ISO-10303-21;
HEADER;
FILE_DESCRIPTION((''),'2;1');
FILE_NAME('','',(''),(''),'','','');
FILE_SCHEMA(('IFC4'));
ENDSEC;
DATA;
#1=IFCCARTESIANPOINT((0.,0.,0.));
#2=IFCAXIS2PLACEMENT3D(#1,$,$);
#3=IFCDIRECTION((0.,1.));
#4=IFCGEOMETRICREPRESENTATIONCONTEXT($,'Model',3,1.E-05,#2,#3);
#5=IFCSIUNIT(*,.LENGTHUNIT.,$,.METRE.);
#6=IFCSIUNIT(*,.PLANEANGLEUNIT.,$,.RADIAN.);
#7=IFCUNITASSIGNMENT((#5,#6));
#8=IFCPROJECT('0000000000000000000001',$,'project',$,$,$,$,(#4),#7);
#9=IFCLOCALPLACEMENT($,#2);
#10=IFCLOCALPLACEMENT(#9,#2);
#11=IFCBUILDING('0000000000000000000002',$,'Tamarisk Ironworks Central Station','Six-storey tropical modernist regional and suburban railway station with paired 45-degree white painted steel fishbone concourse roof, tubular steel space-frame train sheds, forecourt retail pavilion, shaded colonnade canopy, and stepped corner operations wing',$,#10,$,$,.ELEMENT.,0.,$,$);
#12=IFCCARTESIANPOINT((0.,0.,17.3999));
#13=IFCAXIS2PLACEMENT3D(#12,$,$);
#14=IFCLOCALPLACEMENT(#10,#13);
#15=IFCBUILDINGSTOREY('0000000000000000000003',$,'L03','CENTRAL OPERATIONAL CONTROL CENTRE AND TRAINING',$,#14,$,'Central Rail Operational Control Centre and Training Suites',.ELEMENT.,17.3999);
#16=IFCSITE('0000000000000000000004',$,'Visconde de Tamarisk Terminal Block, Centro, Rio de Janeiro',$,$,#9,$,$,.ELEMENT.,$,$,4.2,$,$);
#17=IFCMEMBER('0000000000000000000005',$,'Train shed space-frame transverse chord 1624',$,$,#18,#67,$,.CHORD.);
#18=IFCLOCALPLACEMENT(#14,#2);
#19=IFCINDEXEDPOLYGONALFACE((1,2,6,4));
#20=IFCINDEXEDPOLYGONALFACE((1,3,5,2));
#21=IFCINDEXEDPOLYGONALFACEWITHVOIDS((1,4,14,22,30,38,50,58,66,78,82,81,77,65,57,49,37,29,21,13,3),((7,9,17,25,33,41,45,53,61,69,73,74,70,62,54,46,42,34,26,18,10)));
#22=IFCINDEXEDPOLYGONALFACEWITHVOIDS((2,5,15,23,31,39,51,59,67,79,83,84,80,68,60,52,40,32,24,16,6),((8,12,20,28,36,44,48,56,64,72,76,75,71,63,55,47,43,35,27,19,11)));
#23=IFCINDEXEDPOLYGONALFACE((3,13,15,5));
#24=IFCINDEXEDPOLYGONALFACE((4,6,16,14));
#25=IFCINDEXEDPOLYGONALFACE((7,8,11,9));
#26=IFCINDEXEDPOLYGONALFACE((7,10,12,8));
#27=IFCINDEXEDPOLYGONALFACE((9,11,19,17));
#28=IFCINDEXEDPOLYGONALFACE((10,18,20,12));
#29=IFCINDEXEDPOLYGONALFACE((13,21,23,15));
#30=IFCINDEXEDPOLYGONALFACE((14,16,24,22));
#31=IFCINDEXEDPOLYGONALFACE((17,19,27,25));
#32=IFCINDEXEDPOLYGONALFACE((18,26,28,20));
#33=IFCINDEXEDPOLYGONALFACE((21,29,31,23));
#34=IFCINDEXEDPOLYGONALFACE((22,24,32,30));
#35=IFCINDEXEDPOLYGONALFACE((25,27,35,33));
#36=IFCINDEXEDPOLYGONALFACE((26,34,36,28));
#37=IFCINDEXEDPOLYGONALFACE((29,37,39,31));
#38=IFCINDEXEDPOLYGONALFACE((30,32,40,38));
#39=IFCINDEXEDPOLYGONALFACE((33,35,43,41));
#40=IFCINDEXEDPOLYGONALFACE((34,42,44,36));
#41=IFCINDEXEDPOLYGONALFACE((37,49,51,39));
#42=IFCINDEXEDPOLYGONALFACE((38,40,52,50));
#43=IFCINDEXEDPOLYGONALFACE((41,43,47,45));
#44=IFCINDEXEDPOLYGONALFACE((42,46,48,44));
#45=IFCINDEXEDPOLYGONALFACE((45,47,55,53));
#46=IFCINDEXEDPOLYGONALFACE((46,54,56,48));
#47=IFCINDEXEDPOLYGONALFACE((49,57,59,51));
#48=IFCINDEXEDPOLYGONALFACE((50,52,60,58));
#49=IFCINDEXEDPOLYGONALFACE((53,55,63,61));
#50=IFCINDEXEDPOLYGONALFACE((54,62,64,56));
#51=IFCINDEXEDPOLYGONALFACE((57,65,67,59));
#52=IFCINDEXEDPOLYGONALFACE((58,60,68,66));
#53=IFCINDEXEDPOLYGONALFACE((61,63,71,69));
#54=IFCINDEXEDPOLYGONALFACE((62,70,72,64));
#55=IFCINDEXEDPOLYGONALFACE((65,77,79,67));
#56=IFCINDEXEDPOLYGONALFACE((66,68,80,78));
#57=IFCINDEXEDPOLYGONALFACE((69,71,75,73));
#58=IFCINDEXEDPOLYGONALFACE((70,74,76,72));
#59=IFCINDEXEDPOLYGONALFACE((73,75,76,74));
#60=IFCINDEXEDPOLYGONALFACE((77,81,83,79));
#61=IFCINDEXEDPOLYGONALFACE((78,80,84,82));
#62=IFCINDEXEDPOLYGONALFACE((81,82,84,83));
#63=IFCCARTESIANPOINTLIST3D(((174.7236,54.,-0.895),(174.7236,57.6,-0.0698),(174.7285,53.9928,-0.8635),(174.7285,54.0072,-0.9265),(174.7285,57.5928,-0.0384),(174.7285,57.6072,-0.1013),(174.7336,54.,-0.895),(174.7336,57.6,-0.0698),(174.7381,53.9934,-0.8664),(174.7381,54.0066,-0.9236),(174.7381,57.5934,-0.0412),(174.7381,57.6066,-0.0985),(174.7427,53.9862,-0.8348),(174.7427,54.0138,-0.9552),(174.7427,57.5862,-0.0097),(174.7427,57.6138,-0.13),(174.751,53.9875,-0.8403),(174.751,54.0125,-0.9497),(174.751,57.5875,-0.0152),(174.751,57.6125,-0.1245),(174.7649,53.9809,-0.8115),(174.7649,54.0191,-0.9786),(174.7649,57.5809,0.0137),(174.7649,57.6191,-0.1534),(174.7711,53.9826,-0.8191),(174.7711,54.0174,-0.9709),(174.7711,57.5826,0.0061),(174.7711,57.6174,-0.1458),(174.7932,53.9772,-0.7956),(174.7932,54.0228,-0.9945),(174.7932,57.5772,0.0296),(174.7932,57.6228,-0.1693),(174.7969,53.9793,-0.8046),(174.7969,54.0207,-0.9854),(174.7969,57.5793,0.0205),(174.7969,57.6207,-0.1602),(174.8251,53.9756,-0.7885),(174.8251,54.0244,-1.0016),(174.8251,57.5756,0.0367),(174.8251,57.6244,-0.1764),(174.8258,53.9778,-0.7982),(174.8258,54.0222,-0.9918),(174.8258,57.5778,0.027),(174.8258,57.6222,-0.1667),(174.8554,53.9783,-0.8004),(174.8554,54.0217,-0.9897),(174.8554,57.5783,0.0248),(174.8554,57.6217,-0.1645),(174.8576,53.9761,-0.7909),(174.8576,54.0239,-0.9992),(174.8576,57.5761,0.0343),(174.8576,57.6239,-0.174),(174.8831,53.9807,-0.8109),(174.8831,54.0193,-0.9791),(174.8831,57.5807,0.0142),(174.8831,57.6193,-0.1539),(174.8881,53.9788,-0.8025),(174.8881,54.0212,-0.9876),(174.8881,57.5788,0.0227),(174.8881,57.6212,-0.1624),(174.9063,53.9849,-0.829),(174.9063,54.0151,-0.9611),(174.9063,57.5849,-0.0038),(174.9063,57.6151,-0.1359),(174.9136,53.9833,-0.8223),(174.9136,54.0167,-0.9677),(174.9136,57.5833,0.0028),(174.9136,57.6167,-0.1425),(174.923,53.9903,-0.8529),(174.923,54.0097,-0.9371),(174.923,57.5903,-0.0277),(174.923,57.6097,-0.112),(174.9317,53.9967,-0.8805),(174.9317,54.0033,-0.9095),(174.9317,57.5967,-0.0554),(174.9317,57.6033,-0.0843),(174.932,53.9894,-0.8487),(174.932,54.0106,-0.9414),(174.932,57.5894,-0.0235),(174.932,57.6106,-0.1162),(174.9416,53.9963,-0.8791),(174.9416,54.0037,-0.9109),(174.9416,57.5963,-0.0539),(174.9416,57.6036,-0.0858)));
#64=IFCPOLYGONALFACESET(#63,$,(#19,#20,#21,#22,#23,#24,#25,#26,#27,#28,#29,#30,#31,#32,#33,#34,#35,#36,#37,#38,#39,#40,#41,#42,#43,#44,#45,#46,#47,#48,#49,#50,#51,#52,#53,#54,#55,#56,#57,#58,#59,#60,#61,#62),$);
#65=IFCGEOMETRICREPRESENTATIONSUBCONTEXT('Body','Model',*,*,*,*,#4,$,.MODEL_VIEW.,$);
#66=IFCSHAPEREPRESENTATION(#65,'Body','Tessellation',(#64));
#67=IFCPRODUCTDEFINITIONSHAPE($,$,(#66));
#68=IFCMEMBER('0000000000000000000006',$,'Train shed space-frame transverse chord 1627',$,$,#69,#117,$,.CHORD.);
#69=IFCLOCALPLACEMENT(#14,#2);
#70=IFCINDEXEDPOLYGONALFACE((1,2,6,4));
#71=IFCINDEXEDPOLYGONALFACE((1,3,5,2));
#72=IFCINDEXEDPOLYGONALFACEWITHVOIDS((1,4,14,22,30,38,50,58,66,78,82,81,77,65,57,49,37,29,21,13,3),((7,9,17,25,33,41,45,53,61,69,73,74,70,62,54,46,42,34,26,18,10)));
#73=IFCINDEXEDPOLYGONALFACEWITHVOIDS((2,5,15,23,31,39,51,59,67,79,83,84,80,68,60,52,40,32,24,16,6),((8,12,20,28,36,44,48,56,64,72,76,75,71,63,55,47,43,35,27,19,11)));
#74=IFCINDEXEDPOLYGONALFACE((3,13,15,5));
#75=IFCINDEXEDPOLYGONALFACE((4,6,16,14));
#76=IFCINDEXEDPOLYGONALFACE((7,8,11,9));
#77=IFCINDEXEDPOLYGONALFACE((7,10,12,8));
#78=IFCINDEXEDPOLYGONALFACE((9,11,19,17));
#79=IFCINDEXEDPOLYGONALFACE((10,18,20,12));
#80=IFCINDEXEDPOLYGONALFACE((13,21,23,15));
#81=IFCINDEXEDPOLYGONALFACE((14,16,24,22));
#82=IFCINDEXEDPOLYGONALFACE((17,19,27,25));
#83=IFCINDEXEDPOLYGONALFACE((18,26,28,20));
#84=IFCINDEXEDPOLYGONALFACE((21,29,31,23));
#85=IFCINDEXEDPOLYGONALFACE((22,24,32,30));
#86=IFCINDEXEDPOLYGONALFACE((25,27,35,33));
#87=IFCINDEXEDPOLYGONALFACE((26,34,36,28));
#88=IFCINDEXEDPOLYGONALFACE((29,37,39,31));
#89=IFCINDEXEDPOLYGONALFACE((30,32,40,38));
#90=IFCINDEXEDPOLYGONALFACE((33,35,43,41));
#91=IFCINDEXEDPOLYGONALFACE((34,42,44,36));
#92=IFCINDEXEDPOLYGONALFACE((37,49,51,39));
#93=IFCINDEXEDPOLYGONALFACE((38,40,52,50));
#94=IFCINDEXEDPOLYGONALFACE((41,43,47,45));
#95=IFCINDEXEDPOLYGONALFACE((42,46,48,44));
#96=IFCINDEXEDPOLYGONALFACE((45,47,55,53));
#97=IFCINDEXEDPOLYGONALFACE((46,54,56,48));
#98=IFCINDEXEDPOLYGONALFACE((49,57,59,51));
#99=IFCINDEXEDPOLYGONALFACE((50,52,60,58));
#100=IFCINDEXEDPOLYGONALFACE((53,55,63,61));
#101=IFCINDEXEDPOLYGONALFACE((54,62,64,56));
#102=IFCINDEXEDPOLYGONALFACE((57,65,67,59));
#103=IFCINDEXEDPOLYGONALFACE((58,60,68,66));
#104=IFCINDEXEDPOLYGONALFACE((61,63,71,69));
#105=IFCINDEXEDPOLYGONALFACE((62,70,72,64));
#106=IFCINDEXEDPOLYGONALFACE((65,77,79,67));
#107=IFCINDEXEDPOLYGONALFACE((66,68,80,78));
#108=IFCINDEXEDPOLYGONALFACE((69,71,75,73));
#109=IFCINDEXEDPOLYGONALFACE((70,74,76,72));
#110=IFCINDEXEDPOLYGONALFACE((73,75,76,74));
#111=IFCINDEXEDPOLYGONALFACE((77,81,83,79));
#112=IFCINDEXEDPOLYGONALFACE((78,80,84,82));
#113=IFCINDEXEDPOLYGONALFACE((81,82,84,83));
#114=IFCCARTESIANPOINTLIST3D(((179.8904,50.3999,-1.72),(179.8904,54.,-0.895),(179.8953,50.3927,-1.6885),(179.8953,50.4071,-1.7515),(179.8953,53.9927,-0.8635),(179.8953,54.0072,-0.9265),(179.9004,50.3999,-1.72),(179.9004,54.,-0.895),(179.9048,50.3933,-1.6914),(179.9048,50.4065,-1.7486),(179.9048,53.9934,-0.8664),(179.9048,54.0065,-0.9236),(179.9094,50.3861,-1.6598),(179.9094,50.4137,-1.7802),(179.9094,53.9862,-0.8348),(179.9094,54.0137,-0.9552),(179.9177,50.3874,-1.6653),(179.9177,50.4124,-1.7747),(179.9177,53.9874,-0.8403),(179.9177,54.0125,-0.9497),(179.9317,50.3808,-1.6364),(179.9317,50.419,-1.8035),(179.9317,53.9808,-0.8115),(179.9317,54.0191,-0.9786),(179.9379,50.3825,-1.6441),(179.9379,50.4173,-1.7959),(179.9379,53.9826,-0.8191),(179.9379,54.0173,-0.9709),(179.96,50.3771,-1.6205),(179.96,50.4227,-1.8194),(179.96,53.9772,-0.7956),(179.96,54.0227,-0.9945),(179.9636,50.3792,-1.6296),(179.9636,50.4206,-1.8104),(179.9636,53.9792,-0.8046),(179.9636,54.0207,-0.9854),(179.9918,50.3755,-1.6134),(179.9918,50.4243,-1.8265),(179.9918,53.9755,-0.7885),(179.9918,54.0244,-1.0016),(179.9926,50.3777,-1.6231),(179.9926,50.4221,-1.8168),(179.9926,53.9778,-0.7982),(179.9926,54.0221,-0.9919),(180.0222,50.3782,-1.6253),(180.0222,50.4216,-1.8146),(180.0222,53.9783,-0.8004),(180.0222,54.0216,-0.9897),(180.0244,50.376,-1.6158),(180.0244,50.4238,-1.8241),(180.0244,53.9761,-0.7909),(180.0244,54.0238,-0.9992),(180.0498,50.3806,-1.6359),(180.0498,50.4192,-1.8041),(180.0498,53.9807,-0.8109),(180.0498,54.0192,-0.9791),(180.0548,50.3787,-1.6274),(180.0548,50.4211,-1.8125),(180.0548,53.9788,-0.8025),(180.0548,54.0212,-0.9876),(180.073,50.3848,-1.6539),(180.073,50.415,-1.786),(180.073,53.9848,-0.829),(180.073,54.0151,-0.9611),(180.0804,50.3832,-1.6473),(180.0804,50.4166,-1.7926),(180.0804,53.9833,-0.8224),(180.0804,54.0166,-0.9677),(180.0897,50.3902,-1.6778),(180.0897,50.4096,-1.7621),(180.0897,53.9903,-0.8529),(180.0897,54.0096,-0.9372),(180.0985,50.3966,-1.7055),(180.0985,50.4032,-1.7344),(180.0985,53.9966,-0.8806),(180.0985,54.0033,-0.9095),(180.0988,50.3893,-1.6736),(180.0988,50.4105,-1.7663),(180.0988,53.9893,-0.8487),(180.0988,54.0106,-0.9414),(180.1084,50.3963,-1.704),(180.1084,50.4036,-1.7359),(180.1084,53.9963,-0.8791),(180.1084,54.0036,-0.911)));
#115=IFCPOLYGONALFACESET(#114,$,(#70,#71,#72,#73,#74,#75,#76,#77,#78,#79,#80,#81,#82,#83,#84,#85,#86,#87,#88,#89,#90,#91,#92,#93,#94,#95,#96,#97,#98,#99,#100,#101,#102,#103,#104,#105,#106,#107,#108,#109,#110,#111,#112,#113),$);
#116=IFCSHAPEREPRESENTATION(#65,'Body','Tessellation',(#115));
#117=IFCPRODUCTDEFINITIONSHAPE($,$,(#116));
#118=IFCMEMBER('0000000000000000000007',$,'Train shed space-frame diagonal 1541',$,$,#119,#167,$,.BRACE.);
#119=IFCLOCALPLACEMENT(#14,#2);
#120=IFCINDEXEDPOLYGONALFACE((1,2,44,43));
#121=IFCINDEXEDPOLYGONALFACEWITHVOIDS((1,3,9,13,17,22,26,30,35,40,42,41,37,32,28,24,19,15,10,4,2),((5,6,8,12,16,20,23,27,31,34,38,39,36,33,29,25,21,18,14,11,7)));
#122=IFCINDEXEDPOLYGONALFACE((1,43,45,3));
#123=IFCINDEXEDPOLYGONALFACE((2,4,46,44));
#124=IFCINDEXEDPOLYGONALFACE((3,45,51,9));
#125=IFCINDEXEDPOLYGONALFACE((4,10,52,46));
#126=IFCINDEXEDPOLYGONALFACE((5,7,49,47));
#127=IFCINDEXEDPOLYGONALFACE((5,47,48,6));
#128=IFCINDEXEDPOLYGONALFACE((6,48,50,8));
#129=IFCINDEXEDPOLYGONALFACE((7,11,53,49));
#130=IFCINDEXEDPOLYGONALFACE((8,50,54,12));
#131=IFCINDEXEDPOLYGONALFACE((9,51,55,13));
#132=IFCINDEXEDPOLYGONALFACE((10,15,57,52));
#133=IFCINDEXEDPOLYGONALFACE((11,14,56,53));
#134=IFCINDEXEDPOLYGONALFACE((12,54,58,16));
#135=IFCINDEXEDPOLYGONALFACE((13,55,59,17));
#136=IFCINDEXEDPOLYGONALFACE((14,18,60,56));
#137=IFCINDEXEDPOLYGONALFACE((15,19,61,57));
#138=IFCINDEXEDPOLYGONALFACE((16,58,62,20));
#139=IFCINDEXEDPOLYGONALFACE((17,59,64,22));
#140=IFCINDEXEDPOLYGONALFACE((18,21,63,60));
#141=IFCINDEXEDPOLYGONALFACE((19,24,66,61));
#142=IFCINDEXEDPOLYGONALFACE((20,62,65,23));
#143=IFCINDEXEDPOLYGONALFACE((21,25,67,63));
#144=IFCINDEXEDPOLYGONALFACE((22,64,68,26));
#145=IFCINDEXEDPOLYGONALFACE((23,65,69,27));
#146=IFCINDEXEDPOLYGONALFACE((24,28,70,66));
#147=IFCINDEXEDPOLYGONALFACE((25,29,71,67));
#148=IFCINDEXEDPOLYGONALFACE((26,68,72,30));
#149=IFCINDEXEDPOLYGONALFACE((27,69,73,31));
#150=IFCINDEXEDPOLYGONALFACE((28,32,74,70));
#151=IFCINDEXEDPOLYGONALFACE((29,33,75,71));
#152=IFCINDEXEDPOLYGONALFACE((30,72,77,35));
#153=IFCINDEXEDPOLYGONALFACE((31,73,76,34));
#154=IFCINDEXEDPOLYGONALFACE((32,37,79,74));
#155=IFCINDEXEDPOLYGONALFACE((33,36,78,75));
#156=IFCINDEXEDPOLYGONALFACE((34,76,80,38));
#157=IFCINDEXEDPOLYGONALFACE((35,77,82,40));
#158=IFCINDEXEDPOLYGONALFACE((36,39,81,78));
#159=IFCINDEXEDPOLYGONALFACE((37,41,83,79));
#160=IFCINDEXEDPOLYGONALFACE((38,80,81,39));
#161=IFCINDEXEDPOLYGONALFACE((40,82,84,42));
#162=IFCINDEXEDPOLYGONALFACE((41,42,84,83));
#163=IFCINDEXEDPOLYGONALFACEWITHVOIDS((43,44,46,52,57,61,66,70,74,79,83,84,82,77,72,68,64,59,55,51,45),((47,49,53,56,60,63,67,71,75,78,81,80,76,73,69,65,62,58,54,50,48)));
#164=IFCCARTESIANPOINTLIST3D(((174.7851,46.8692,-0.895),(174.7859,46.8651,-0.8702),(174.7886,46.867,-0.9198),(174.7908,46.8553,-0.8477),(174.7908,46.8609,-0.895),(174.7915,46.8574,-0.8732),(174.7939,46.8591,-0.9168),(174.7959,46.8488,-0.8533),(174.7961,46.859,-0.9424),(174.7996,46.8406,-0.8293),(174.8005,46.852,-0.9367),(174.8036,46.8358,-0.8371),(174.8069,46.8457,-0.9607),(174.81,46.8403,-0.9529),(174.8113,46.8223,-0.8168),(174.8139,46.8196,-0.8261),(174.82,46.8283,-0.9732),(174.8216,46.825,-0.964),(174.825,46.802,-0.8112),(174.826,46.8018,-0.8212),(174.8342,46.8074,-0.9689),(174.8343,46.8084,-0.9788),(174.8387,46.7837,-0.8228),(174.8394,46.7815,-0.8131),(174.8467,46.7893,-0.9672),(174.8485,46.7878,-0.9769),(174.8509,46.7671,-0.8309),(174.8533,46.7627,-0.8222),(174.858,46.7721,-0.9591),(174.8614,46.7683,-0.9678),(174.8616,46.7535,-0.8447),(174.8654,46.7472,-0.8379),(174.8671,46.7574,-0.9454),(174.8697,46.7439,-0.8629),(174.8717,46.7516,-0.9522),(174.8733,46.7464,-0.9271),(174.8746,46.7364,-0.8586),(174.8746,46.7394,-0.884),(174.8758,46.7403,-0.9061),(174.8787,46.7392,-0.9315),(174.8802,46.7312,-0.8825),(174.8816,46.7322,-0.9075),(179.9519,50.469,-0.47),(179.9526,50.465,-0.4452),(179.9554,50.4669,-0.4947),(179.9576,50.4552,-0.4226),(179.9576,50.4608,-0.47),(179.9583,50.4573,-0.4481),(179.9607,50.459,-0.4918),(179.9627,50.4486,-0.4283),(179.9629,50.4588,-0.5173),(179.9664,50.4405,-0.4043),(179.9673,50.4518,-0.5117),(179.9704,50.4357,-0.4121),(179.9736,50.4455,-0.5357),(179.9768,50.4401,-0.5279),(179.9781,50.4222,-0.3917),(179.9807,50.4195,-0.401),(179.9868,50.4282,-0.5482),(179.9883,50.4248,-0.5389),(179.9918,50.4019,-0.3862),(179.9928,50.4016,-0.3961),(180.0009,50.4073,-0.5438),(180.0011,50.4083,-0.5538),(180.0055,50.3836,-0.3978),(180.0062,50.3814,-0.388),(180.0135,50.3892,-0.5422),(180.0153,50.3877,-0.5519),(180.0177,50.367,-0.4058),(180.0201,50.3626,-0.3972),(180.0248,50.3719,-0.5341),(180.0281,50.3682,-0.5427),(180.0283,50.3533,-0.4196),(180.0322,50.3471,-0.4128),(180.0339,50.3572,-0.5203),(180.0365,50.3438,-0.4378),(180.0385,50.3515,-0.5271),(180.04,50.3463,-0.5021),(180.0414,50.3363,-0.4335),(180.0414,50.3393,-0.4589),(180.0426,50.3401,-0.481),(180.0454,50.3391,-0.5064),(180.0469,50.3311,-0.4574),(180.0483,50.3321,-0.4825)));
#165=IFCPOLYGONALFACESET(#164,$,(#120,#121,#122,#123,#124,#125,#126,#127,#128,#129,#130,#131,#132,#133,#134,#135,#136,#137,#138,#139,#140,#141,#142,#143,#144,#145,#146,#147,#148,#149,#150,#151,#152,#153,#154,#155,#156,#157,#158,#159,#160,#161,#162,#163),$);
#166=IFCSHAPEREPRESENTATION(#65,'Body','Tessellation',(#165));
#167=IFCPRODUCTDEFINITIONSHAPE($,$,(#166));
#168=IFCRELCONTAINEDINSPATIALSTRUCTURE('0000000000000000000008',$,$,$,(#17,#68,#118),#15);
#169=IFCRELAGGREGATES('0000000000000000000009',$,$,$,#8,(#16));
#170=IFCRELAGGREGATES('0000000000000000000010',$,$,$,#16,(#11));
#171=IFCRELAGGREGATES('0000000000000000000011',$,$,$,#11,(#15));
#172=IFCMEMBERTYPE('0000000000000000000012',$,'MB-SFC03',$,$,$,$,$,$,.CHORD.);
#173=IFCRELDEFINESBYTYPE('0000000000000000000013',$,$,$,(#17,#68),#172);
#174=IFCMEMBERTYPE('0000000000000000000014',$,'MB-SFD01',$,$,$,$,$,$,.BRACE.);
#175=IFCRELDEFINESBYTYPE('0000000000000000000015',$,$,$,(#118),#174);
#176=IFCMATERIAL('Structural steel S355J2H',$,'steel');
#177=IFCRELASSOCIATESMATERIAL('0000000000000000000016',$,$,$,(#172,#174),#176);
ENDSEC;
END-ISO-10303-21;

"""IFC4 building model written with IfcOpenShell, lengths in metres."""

from ifc_helpers import new_model, si_unit, direction, frame, origin, origin_2d, place, context, subcontext, project, spatial, hollow_circle, extrude, material, material_profile, profile_set, type_object, element, save


model = new_model("IFC4")

# Units and contexts
model_context = context("Model", 3, precision=1e-05, world=origin(), true_north=direction((0.0, 1.0)))
body_context = subcontext(model_context, "Body", "Model", "MODEL_VIEW")
ifc_project = project(units=[si_unit("LENGTHUNIT", "METRE"), si_unit("PLANEANGLEUNIT", "RADIAN")], contexts=[model_context])

# Site, building, storey
site_placement = place(None, origin())
site = spatial("IfcSite", under=ifc_project, at=site_placement, Name="Visconde de Tamarisk Terminal Block, Centro, Rio de Janeiro", CompositionType="ELEMENT", RefElevation=4.2)
building_placement = place(site_placement, origin())
building = spatial("IfcBuilding", under=site, at=building_placement, Name="Tamarisk Ironworks Central Station", Description="Six-storey tropical modernist regional and suburban railway station with paired 45-degree white painted steel fishbone concourse roof, tubular steel space-frame train sheds, forecourt retail pavilion, shaded colonnade canopy, and stepped corner operations wing", CompositionType="ELEMENT", ElevationOfRefHeight=0.0)
storey_placement = place(building_placement, frame((0.0, 0.0, 17.3999)))
storey = spatial("IfcBuildingStorey", under=building, at=storey_placement, Name="L03", Description="CENTRAL OPERATIONAL CONTROL CENTRE AND TRAINING", LongName="Central Rail Operational Control Centre and Training Suites", CompositionType="ELEMENT", Elevation=17.3999)

# Members
ifc_material_1 = material(Name="Structural steel S355J2H", Category="steel")
ifc_material_profile_1 = material_profile(ifc_material_1, hollow_circle(Radius=0.1096, WallThickness=0.01, at=origin_2d()), Name="CHS 219.1x10")
ifc_profile_set_1 = profile_set([ifc_material_profile_1], Name="Structural steel S355J2H")
member_type_1 = type_object("IfcMemberType", Name="MB-SFC03", PredefinedType="CHORD", material=ifc_profile_set_1)
for number, where, z_axis, x_axis, name in (
    (1, (174.8333, 54.0, -0.895), (0.0, 0.974722, 0.223421), (-1.0, 0.0, 0.0), "Train shed space-frame transverse chord 1624"),
    (2, (180.0, 50.3999, -1.72), (0.0, 0.974737, 0.223358), (-1.0, 0.0, 0.0), "Train shed space-frame transverse chord 1627"),
):
    element("IfcMember", number, at=place(storey_placement, frame(where, z_axis=z_axis, x_axis=x_axis)), inside=storey, type_object=member_type_1, Name=name, PredefinedType="CHORD", context=body_context, shape_type="SweptSolid", body=[
        extrude(hollow_circle(Radius=0.1096, WallThickness=0.01, at=origin_2d()), origin(), (0.0, 0.0, 1.0), 3.6934),
    ])
ifc_material_profile_2 = material_profile(ifc_material_1, hollow_circle(Radius=0.0842, WallThickness=0.01, at=origin_2d()), Name="CHS 168.3x10")
ifc_profile_set_2 = profile_set([ifc_material_profile_2], Name="Structural steel S355J2H")
member_type_2 = type_object("IfcMemberType", Name="MB-SFD01", PredefinedType="BRACE", material=ifc_profile_set_2)
member_1_placement = place(storey_placement, frame((174.8333, 46.8, -0.895), z_axis=(0.818626, 0.570365, 0.067345), x_axis=(-0.571663, 0.820489, 0.0)))
element("IfcMember", 3, at=member_1_placement, inside=storey, type_object=member_type_2, Name="Train shed space-frame diagonal 1541", PredefinedType="BRACE", context=body_context, shape_type="SweptSolid", body=[
    extrude(hollow_circle(Radius=0.0842, WallThickness=0.01, at=origin_2d()), origin(), (0.0, 0.0, 1.0), 6.3115),
])

save(model, "model.ifc")
